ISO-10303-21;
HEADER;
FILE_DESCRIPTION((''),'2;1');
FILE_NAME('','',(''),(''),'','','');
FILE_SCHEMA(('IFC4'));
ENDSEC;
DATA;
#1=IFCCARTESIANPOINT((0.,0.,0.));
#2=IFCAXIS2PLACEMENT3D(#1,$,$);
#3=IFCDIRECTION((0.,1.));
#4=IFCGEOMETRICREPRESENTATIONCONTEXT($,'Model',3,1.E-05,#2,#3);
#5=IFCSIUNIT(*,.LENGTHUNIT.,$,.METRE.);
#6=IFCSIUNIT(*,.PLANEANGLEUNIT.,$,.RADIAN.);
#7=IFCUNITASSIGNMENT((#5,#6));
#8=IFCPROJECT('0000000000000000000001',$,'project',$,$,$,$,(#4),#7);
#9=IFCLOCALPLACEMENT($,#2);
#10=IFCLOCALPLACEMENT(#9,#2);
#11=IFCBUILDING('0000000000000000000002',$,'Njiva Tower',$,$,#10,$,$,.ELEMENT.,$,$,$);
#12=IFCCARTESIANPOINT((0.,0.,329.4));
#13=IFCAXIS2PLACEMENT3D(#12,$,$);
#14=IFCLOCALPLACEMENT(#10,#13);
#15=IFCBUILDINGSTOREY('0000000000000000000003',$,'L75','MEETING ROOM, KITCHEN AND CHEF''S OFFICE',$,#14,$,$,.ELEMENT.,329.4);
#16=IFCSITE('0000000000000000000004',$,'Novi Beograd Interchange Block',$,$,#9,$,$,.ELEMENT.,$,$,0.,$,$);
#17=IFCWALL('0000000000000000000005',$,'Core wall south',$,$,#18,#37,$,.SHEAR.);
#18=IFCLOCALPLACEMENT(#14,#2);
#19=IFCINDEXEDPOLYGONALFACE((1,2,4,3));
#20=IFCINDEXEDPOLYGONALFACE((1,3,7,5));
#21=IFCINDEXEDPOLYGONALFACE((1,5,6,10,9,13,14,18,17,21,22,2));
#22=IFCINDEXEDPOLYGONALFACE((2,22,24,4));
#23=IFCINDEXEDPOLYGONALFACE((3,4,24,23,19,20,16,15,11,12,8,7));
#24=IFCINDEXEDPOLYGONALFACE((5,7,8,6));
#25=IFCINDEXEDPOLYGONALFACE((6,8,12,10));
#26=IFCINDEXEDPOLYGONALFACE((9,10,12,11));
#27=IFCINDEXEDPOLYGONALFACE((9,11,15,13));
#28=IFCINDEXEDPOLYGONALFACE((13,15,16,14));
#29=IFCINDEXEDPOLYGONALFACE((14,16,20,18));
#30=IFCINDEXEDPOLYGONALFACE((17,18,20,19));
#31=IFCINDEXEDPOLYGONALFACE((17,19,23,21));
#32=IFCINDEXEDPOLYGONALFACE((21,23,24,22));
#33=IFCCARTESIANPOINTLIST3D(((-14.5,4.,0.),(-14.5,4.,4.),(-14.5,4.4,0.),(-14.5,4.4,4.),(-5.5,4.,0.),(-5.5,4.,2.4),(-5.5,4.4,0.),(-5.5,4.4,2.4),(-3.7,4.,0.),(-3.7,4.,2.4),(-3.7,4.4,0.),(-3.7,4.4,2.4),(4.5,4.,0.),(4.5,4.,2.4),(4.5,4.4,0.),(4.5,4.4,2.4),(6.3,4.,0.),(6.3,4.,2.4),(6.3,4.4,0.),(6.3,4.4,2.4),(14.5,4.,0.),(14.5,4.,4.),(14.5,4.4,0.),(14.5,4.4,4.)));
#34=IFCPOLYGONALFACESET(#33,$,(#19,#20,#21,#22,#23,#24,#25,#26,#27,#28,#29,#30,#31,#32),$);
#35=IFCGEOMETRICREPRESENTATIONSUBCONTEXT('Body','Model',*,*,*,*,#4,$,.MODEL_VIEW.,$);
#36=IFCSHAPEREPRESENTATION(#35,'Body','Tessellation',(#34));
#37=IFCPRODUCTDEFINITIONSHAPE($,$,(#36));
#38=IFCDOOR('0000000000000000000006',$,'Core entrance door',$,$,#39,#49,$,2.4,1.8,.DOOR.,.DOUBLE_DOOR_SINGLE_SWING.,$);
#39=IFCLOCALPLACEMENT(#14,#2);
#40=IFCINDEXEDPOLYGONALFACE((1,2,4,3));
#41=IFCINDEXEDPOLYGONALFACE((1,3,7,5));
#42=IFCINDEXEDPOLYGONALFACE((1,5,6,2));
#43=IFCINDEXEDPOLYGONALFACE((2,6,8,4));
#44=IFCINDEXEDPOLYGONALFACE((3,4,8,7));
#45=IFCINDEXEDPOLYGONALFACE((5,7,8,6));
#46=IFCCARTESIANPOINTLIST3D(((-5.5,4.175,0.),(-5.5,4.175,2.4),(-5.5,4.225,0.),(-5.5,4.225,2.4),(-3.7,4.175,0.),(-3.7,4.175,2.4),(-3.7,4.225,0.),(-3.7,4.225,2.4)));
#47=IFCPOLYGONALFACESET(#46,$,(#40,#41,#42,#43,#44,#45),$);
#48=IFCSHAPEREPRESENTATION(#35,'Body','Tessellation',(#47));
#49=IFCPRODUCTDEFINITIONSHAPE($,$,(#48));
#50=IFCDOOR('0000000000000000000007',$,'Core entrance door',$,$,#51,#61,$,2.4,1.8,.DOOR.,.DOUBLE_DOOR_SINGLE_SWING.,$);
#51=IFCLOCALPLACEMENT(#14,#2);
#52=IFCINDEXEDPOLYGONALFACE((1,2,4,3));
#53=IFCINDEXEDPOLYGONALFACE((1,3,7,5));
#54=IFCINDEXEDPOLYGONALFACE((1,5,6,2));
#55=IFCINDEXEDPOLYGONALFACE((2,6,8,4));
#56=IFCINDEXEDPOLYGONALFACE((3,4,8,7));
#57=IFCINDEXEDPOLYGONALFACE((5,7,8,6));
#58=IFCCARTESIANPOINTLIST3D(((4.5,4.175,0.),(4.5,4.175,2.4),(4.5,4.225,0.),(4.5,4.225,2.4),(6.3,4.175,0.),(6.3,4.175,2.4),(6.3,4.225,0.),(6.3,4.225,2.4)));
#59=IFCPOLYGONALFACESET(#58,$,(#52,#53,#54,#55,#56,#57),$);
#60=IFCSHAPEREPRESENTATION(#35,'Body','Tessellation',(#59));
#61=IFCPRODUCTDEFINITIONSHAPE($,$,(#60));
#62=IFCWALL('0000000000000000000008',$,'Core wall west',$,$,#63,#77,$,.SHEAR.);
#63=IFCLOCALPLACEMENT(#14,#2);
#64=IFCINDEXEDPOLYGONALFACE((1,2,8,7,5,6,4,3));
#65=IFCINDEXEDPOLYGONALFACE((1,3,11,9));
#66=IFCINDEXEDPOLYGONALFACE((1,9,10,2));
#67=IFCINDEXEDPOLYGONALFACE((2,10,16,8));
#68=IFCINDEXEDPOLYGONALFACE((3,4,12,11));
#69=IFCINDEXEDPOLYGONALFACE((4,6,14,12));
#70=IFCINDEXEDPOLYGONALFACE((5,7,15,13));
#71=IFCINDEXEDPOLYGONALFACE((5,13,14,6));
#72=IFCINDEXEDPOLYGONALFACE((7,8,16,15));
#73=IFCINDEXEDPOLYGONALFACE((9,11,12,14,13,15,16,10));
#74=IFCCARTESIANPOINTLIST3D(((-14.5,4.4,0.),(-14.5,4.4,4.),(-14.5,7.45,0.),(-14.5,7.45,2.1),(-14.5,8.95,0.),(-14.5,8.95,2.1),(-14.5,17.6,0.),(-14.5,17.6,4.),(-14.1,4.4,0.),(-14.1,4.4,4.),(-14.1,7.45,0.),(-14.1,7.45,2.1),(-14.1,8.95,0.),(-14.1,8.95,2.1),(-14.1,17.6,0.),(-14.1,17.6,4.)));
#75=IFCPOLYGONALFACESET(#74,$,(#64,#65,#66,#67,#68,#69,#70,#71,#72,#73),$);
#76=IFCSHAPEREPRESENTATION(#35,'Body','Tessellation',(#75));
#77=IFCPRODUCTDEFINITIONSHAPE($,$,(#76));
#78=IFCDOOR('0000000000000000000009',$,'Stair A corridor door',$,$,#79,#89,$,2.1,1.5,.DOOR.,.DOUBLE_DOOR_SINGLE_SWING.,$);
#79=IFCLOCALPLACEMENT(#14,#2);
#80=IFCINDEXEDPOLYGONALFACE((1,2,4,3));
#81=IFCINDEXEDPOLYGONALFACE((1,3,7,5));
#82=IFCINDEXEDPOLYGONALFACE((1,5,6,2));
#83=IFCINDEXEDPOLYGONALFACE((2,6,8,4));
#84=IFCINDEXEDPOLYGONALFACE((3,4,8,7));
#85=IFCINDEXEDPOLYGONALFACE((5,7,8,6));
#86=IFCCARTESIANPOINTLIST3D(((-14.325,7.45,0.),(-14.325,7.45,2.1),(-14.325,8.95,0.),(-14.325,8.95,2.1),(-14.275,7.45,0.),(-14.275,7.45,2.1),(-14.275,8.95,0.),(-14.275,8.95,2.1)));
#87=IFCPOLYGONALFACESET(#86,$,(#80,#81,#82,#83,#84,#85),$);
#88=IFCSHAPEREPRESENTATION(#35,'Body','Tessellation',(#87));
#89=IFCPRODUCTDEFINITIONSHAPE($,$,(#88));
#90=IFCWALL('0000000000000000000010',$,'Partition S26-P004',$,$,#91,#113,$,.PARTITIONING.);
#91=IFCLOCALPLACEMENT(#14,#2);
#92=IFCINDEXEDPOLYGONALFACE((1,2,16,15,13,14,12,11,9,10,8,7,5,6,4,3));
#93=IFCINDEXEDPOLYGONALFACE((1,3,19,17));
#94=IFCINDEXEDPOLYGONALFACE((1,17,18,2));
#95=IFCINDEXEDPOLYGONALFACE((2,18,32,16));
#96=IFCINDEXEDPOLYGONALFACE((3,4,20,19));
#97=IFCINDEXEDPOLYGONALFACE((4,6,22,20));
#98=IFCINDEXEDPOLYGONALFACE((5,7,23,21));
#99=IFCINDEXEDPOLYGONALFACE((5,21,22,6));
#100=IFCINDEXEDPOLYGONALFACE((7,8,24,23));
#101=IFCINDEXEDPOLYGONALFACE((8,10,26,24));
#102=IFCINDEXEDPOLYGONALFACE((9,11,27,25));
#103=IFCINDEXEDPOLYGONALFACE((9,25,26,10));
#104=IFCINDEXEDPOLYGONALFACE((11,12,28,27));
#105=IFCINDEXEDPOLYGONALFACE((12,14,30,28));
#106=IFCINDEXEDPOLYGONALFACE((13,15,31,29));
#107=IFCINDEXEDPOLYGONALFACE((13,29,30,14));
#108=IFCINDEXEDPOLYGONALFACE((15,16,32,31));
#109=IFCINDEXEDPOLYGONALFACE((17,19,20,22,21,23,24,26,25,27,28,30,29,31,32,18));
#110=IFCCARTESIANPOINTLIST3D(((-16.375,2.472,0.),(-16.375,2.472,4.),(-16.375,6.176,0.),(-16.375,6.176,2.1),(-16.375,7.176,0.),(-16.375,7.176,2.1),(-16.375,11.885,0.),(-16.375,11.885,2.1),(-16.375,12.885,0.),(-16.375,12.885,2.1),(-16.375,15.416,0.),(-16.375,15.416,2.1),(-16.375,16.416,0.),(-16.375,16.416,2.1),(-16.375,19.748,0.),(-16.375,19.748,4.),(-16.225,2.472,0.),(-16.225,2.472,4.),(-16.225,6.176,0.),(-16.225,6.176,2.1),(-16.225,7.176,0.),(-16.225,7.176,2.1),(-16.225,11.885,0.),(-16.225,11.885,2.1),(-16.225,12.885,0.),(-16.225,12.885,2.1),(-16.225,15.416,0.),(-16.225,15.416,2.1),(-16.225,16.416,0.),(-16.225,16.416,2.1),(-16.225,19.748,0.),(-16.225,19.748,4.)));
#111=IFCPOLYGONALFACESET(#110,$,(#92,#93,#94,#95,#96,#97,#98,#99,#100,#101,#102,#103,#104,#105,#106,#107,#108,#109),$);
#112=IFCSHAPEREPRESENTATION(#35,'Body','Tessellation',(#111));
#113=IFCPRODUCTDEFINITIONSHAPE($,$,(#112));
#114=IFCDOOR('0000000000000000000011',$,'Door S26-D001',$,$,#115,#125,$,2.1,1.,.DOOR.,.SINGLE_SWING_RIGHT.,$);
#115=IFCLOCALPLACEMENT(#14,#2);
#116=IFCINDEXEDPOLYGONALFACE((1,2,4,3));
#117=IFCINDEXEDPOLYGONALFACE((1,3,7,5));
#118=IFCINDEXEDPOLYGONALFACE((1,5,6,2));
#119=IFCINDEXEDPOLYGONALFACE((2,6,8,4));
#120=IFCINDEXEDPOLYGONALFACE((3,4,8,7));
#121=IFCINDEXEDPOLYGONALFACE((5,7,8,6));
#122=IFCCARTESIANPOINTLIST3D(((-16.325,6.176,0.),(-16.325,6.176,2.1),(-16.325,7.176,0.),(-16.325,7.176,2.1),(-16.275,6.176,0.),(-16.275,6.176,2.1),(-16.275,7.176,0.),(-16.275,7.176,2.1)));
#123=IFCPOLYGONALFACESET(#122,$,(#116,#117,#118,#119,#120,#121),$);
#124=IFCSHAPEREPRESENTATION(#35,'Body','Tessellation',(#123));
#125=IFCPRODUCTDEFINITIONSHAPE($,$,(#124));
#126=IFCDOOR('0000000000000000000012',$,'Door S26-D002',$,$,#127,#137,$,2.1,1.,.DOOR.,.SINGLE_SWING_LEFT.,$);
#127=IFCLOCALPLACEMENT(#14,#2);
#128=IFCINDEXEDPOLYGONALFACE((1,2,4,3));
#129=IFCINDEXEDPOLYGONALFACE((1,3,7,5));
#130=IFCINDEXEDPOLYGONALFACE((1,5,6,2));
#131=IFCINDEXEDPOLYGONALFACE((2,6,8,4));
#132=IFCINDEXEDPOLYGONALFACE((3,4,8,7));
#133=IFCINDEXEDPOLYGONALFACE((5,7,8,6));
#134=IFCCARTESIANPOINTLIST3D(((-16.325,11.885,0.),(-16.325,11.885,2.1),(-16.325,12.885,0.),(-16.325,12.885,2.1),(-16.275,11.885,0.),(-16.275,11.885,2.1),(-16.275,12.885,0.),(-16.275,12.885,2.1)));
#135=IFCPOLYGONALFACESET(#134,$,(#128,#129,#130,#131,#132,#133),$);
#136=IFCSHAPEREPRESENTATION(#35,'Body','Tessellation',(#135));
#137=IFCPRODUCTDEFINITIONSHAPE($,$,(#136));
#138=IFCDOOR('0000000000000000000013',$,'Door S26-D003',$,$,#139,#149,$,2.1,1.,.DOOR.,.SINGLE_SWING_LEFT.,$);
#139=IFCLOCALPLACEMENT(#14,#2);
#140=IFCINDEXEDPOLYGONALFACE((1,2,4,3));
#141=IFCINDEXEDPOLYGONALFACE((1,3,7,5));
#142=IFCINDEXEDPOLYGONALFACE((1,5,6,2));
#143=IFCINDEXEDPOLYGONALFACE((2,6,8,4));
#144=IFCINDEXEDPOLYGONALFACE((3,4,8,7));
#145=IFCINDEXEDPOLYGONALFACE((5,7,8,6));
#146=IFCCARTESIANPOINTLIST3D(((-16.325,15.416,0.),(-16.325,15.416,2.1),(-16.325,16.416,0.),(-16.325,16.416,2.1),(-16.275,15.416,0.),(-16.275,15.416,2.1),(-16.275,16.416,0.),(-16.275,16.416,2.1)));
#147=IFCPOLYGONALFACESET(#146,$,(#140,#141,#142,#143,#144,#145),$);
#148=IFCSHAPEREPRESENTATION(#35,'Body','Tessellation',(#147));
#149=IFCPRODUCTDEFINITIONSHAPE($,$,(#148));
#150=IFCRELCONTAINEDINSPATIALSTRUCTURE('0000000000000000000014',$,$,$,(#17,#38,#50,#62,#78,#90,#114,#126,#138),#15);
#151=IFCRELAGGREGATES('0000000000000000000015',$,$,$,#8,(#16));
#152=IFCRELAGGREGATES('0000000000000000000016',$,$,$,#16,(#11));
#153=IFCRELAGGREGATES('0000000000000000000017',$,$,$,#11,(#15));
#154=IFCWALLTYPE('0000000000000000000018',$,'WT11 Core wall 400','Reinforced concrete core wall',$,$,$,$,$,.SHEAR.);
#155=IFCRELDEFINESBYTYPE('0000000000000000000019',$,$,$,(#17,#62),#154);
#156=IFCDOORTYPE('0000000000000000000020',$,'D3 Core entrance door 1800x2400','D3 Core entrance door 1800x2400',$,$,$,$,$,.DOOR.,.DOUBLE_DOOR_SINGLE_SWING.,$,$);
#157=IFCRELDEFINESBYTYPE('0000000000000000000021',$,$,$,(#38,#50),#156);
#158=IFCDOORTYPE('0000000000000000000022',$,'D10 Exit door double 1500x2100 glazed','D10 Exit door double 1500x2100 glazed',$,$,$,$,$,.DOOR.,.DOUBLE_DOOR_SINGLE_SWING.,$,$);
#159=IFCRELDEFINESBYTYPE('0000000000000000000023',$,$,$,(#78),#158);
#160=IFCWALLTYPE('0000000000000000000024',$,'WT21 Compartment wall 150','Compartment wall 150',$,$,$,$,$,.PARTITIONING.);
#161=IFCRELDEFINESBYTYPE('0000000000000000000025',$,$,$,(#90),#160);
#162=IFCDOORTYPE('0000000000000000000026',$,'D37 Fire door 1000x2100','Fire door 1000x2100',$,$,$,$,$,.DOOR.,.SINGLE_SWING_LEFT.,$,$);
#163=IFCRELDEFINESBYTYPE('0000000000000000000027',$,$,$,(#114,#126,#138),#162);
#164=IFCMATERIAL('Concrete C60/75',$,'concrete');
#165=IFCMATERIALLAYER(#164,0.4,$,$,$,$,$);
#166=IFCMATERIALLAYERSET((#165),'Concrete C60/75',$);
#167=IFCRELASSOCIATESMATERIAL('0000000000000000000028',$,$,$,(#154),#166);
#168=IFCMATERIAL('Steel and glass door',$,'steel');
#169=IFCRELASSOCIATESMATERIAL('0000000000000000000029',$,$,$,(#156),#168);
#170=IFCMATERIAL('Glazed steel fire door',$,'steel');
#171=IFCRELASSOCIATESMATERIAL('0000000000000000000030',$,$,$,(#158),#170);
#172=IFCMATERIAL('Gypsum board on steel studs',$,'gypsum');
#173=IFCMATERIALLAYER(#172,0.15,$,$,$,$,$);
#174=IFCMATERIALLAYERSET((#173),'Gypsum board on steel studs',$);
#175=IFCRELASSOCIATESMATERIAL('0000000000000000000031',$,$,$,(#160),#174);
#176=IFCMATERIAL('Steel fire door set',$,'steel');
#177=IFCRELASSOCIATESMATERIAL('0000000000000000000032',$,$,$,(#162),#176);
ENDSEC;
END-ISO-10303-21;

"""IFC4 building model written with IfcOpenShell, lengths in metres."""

from ifc_helpers import new_model, si_unit, direction, frame, frame_2d, origin, place, context, subcontext, project, spatial, rectangle, extrude, material, layer, layer_set, type_object, element, fill, save


model = new_model("IFC4")

# Units and contexts
model_context = context("Model", 3, precision=1e-05, world=origin(), true_north=direction((0.0, 1.0)))
body_context = subcontext(model_context, "Body", "Model", "MODEL_VIEW")
ifc_project = project(units=[si_unit("LENGTHUNIT", "METRE"), si_unit("PLANEANGLEUNIT", "RADIAN")], contexts=[model_context])

# Site, building, storey
site_placement = place(None, origin())
site = spatial("IfcSite", under=ifc_project, at=site_placement, Name="Novi Beograd Interchange Block", CompositionType="ELEMENT", RefElevation=0.0)
building_placement = place(site_placement, origin())
building = spatial("IfcBuilding", under=site, at=building_placement, Name="Njiva Tower", CompositionType="ELEMENT")
storey_placement = place(building_placement, frame((0.0, 0.0, 329.4)))
storey = spatial("IfcBuildingStorey", under=building, at=storey_placement, Name="L75", Description="MEETING ROOM, KITCHEN AND CHEF'S OFFICE", CompositionType="ELEMENT", Elevation=329.4)

# Wall, openings, doors
ifc_material_1 = material(Name="Concrete C60/75", Category="concrete")
ifc_layer_1 = layer(ifc_material_1, 0.4)
ifc_layer_set_1 = layer_set([ifc_layer_1], Name="Concrete C60/75")
wall_type_1 = type_object("IfcWallType", Name="WT11 Core wall 400", Description="Reinforced concrete core wall", PredefinedType="SHEAR", material=ifc_layer_set_1)
wall_1_placement = place(storey_placement, frame((-14.5, 4.2, 0.0), z_axis=(0.0, 0.0, 1.0), x_axis=(1.0, 0.0, 0.0)))
wall_1 = element("IfcWall", 1, at=wall_1_placement, inside=storey, type_object=wall_type_1, Name="Core wall south", PredefinedType="SHEAR", context=body_context, shape_type="SweptSolid", body=[
    extrude(rectangle(XDim=29.0, YDim=0.4, at=frame_2d((14.5, 0.0))), origin(), (0.0, 0.0, 1.0), 4.0),
])
opening_1_placement = place(wall_1_placement, frame((9.0, 0.0, 0.0)))
opening_1 = element("IfcOpeningElement", 2, at=opening_1_placement, cuts=wall_1, PredefinedType="OPENING", context=body_context, shape_type="SweptSolid", body=[
    extrude(rectangle(XDim=1.8, YDim=2.4, at=frame_2d((0.9, 1.2))), frame((0.0, 0.21, 0.0), z_axis=(0.0, -1.0, 0.0), x_axis=(1.0, 0.0, 0.0)), (0.0, 0.0, 1.0), 0.42),
])
opening_2_placement = place(wall_1_placement, frame((19.0, 0.0, 0.0)))
opening_2 = element("IfcOpeningElement", 3, at=opening_2_placement, cuts=wall_1, PredefinedType="OPENING", context=body_context, shape_type="SweptSolid", body=[
    extrude(rectangle(XDim=1.8, YDim=2.4, at=frame_2d((0.9, 1.2))), frame((0.0, 0.21, 0.0), z_axis=(0.0, -1.0, 0.0), x_axis=(1.0, 0.0, 0.0)), (0.0, 0.0, 1.0), 0.42),
])
ifc_material_2 = material(Name="Steel and glass door", Category="steel")
door_type_1 = type_object("IfcDoorType", Name="D3 Core entrance door 1800x2400", Description="D3 Core entrance door 1800x2400", OperationType="DOUBLE_DOOR_SINGLE_SWING", PredefinedType="DOOR", material=ifc_material_2)
door_1_placement = place(opening_1_placement, origin())
door_1 = element("IfcDoor", 4, at=door_1_placement, inside=storey, type_object=door_type_1, Name="Core entrance door", OperationType="DOUBLE_DOOR_SINGLE_SWING", OverallHeight=2.4, OverallWidth=1.8, PredefinedType="DOOR", context=body_context, shape_type="SweptSolid", body=[
    extrude(rectangle(XDim=1.8, YDim=2.4, at=frame_2d((0.9, 1.2))), frame((0.0, 0.025, 0.0), z_axis=(0.0, -1.0, 0.0), x_axis=(1.0, 0.0, 0.0)), (0.0, 0.0, 1.0), 0.05),
])
fill(opening_1, door_1)
door_2_placement = place(opening_2_placement, origin())
door_2 = element("IfcDoor", 5, at=door_2_placement, inside=storey, type_object=door_type_1, Name="Core entrance door", OperationType="DOUBLE_DOOR_SINGLE_SWING", OverallHeight=2.4, OverallWidth=1.8, PredefinedType="DOOR", context=body_context, shape_type="SweptSolid", body=[
    extrude(rectangle(XDim=1.8, YDim=2.4, at=frame_2d((0.9, 1.2))), frame((0.0, 0.025, 0.0), z_axis=(0.0, -1.0, 0.0), x_axis=(1.0, 0.0, 0.0)), (0.0, 0.0, 1.0), 0.05),
])
fill(opening_2, door_2)

# Wall, opening, door
wall_2_placement = place(storey_placement, frame((-14.3, 4.4, 0.0), z_axis=(0.0, 0.0, 1.0), x_axis=(0.0, 1.0, 0.0)))
wall_2 = element("IfcWall", 6, at=wall_2_placement, inside=storey, type_object=wall_type_1, Name="Core wall west", PredefinedType="SHEAR", context=body_context, shape_type="SweptSolid", body=[
    extrude(rectangle(XDim=13.2, YDim=0.4, at=frame_2d((6.6, 0.0))), origin(), (0.0, 0.0, 1.0), 4.0),
])
opening_3_placement = place(wall_2_placement, frame((3.05, 0.0, 0.0)))
opening_3 = element("IfcOpeningElement", 7, at=opening_3_placement, cuts=wall_2, PredefinedType="OPENING", context=body_context, shape_type="SweptSolid", body=[
    extrude(rectangle(XDim=1.5, YDim=2.1, at=frame_2d((0.75, 1.05))), frame((0.0, 0.21, 0.0), z_axis=(0.0, -1.0, 0.0), x_axis=(1.0, 0.0, 0.0)), (0.0, 0.0, 1.0), 0.42),
])
ifc_material_3 = material(Name="Glazed steel fire door", Category="steel")
door_type_2 = type_object("IfcDoorType", Name="D10 Exit door double 1500x2100 glazed", Description="D10 Exit door double 1500x2100 glazed", OperationType="DOUBLE_DOOR_SINGLE_SWING", PredefinedType="DOOR", material=ifc_material_3)
door_3_placement = place(opening_3_placement, origin())
door_3 = element("IfcDoor", 8, at=door_3_placement, inside=storey, type_object=door_type_2, Name="Stair A corridor door", OperationType="DOUBLE_DOOR_SINGLE_SWING", OverallHeight=2.1, OverallWidth=1.5, PredefinedType="DOOR", context=body_context, shape_type="SweptSolid", body=[
    extrude(rectangle(XDim=1.5, YDim=2.1, at=frame_2d((0.75, 1.05))), frame((0.0, 0.025, 0.0), z_axis=(0.0, -1.0, 0.0), x_axis=(1.0, 0.0, 0.0)), (0.0, 0.0, 1.0), 0.05),
])
fill(opening_3, door_3)

# Wall, openings, doors
ifc_material_4 = material(Name="Gypsum board on steel studs", Category="gypsum")
ifc_layer_2 = layer(ifc_material_4, 0.15)
ifc_layer_set_2 = layer_set([ifc_layer_2], Name="Gypsum board on steel studs")
wall_type_2 = type_object("IfcWallType", Name="WT21 Compartment wall 150", Description="Compartment wall 150", PredefinedType="PARTITIONING", material=ifc_layer_set_2)
wall_3_placement = place(storey_placement, frame((-16.3, 2.472, 0.0), z_axis=(0.0, 0.0, 1.0), x_axis=(0.0, 1.0, 0.0)))
wall_3 = element("IfcWall", 9, at=wall_3_placement, inside=storey, type_object=wall_type_2, Name="Partition S26-P004", PredefinedType="PARTITIONING", context=body_context, shape_type="SweptSolid", body=[
    extrude(rectangle(XDim=17.276, YDim=0.15, at=frame_2d((8.638, 0.0))), origin(), (0.0, 0.0, 1.0), 4.0),
])
opening_4_placement = place(wall_3_placement, frame((3.704, 0.0, 0.0)))
opening_4 = element("IfcOpeningElement", 10, at=opening_4_placement, cuts=wall_3, PredefinedType="OPENING", context=body_context, shape_type="SweptSolid", body=[
    extrude(rectangle(XDim=1.0, YDim=2.1, at=frame_2d((0.5, 1.05))), frame((0.0, 0.085, 0.0), z_axis=(0.0, -1.0, 0.0), x_axis=(1.0, 0.0, 0.0)), (0.0, 0.0, 1.0), 0.17),
])
opening_5_placement = place(wall_3_placement, frame((9.413, 0.0, 0.0)))
opening_5 = element("IfcOpeningElement", 11, at=opening_5_placement, cuts=wall_3, PredefinedType="OPENING", context=body_context, shape_type="SweptSolid", body=[
    extrude(rectangle(XDim=1.0, YDim=2.1, at=frame_2d((0.5, 1.05))), frame((0.0, 0.085, 0.0), z_axis=(0.0, -1.0, 0.0), x_axis=(1.0, 0.0, 0.0)), (0.0, 0.0, 1.0), 0.17),
])
opening_6_placement = place(wall_3_placement, frame((12.944, 0.0, 0.0)))
opening_6 = element("IfcOpeningElement", 12, at=opening_6_placement, cuts=wall_3, PredefinedType="OPENING", context=body_context, shape_type="SweptSolid", body=[
    extrude(rectangle(XDim=1.0, YDim=2.1, at=frame_2d((0.5, 1.05))), frame((0.0, 0.085, 0.0), z_axis=(0.0, -1.0, 0.0), x_axis=(1.0, 0.0, 0.0)), (0.0, 0.0, 1.0), 0.17),
])
ifc_material_5 = material(Name="Steel fire door set", Category="steel")
door_type_3 = type_object("IfcDoorType", Name="D37 Fire door 1000x2100", Description="Fire door 1000x2100", OperationType="SINGLE_SWING_LEFT", PredefinedType="DOOR", material=ifc_material_5)
door_4_placement = place(opening_4_placement, origin())
door_4 = element("IfcDoor", 13, at=door_4_placement, inside=storey, type_object=door_type_3, Name="Door S26-D001", OperationType="SINGLE_SWING_RIGHT", OverallHeight=2.1, OverallWidth=1.0, PredefinedType="DOOR", context=body_context, shape_type="SweptSolid", body=[
    extrude(rectangle(XDim=1.0, YDim=2.1, at=frame_2d((0.5, 1.05))), frame((0.0, 0.025, 0.0), z_axis=(0.0, -1.0, 0.0), x_axis=(1.0, 0.0, 0.0)), (0.0, 0.0, 1.0), 0.05),
])
fill(opening_4, door_4)
door_5_placement = place(opening_5_placement, origin())
door_5 = element("IfcDoor", 14, at=door_5_placement, inside=storey, type_object=door_type_3, Name="Door S26-D002", OperationType="SINGLE_SWING_LEFT", OverallHeight=2.1, OverallWidth=1.0, PredefinedType="DOOR", context=body_context, shape_type="SweptSolid", body=[
    extrude(rectangle(XDim=1.0, YDim=2.1, at=frame_2d((0.5, 1.05))), frame((0.0, 0.025, 0.0), z_axis=(0.0, -1.0, 0.0), x_axis=(1.0, 0.0, 0.0)), (0.0, 0.0, 1.0), 0.05),
])
fill(opening_5, door_5)
door_6_placement = place(opening_6_placement, origin())
door_6 = element("IfcDoor", 15, at=door_6_placement, inside=storey, type_object=door_type_3, Name="Door S26-D003", OperationType="SINGLE_SWING_LEFT", OverallHeight=2.1, OverallWidth=1.0, PredefinedType="DOOR", context=body_context, shape_type="SweptSolid", body=[
    extrude(rectangle(XDim=1.0, YDim=2.1, at=frame_2d((0.5, 1.05))), frame((0.0, 0.025, 0.0), z_axis=(0.0, -1.0, 0.0), x_axis=(1.0, 0.0, 0.0)), (0.0, 0.0, 1.0), 0.05),
])
fill(opening_6, door_6)

save(model, "model.ifc")
